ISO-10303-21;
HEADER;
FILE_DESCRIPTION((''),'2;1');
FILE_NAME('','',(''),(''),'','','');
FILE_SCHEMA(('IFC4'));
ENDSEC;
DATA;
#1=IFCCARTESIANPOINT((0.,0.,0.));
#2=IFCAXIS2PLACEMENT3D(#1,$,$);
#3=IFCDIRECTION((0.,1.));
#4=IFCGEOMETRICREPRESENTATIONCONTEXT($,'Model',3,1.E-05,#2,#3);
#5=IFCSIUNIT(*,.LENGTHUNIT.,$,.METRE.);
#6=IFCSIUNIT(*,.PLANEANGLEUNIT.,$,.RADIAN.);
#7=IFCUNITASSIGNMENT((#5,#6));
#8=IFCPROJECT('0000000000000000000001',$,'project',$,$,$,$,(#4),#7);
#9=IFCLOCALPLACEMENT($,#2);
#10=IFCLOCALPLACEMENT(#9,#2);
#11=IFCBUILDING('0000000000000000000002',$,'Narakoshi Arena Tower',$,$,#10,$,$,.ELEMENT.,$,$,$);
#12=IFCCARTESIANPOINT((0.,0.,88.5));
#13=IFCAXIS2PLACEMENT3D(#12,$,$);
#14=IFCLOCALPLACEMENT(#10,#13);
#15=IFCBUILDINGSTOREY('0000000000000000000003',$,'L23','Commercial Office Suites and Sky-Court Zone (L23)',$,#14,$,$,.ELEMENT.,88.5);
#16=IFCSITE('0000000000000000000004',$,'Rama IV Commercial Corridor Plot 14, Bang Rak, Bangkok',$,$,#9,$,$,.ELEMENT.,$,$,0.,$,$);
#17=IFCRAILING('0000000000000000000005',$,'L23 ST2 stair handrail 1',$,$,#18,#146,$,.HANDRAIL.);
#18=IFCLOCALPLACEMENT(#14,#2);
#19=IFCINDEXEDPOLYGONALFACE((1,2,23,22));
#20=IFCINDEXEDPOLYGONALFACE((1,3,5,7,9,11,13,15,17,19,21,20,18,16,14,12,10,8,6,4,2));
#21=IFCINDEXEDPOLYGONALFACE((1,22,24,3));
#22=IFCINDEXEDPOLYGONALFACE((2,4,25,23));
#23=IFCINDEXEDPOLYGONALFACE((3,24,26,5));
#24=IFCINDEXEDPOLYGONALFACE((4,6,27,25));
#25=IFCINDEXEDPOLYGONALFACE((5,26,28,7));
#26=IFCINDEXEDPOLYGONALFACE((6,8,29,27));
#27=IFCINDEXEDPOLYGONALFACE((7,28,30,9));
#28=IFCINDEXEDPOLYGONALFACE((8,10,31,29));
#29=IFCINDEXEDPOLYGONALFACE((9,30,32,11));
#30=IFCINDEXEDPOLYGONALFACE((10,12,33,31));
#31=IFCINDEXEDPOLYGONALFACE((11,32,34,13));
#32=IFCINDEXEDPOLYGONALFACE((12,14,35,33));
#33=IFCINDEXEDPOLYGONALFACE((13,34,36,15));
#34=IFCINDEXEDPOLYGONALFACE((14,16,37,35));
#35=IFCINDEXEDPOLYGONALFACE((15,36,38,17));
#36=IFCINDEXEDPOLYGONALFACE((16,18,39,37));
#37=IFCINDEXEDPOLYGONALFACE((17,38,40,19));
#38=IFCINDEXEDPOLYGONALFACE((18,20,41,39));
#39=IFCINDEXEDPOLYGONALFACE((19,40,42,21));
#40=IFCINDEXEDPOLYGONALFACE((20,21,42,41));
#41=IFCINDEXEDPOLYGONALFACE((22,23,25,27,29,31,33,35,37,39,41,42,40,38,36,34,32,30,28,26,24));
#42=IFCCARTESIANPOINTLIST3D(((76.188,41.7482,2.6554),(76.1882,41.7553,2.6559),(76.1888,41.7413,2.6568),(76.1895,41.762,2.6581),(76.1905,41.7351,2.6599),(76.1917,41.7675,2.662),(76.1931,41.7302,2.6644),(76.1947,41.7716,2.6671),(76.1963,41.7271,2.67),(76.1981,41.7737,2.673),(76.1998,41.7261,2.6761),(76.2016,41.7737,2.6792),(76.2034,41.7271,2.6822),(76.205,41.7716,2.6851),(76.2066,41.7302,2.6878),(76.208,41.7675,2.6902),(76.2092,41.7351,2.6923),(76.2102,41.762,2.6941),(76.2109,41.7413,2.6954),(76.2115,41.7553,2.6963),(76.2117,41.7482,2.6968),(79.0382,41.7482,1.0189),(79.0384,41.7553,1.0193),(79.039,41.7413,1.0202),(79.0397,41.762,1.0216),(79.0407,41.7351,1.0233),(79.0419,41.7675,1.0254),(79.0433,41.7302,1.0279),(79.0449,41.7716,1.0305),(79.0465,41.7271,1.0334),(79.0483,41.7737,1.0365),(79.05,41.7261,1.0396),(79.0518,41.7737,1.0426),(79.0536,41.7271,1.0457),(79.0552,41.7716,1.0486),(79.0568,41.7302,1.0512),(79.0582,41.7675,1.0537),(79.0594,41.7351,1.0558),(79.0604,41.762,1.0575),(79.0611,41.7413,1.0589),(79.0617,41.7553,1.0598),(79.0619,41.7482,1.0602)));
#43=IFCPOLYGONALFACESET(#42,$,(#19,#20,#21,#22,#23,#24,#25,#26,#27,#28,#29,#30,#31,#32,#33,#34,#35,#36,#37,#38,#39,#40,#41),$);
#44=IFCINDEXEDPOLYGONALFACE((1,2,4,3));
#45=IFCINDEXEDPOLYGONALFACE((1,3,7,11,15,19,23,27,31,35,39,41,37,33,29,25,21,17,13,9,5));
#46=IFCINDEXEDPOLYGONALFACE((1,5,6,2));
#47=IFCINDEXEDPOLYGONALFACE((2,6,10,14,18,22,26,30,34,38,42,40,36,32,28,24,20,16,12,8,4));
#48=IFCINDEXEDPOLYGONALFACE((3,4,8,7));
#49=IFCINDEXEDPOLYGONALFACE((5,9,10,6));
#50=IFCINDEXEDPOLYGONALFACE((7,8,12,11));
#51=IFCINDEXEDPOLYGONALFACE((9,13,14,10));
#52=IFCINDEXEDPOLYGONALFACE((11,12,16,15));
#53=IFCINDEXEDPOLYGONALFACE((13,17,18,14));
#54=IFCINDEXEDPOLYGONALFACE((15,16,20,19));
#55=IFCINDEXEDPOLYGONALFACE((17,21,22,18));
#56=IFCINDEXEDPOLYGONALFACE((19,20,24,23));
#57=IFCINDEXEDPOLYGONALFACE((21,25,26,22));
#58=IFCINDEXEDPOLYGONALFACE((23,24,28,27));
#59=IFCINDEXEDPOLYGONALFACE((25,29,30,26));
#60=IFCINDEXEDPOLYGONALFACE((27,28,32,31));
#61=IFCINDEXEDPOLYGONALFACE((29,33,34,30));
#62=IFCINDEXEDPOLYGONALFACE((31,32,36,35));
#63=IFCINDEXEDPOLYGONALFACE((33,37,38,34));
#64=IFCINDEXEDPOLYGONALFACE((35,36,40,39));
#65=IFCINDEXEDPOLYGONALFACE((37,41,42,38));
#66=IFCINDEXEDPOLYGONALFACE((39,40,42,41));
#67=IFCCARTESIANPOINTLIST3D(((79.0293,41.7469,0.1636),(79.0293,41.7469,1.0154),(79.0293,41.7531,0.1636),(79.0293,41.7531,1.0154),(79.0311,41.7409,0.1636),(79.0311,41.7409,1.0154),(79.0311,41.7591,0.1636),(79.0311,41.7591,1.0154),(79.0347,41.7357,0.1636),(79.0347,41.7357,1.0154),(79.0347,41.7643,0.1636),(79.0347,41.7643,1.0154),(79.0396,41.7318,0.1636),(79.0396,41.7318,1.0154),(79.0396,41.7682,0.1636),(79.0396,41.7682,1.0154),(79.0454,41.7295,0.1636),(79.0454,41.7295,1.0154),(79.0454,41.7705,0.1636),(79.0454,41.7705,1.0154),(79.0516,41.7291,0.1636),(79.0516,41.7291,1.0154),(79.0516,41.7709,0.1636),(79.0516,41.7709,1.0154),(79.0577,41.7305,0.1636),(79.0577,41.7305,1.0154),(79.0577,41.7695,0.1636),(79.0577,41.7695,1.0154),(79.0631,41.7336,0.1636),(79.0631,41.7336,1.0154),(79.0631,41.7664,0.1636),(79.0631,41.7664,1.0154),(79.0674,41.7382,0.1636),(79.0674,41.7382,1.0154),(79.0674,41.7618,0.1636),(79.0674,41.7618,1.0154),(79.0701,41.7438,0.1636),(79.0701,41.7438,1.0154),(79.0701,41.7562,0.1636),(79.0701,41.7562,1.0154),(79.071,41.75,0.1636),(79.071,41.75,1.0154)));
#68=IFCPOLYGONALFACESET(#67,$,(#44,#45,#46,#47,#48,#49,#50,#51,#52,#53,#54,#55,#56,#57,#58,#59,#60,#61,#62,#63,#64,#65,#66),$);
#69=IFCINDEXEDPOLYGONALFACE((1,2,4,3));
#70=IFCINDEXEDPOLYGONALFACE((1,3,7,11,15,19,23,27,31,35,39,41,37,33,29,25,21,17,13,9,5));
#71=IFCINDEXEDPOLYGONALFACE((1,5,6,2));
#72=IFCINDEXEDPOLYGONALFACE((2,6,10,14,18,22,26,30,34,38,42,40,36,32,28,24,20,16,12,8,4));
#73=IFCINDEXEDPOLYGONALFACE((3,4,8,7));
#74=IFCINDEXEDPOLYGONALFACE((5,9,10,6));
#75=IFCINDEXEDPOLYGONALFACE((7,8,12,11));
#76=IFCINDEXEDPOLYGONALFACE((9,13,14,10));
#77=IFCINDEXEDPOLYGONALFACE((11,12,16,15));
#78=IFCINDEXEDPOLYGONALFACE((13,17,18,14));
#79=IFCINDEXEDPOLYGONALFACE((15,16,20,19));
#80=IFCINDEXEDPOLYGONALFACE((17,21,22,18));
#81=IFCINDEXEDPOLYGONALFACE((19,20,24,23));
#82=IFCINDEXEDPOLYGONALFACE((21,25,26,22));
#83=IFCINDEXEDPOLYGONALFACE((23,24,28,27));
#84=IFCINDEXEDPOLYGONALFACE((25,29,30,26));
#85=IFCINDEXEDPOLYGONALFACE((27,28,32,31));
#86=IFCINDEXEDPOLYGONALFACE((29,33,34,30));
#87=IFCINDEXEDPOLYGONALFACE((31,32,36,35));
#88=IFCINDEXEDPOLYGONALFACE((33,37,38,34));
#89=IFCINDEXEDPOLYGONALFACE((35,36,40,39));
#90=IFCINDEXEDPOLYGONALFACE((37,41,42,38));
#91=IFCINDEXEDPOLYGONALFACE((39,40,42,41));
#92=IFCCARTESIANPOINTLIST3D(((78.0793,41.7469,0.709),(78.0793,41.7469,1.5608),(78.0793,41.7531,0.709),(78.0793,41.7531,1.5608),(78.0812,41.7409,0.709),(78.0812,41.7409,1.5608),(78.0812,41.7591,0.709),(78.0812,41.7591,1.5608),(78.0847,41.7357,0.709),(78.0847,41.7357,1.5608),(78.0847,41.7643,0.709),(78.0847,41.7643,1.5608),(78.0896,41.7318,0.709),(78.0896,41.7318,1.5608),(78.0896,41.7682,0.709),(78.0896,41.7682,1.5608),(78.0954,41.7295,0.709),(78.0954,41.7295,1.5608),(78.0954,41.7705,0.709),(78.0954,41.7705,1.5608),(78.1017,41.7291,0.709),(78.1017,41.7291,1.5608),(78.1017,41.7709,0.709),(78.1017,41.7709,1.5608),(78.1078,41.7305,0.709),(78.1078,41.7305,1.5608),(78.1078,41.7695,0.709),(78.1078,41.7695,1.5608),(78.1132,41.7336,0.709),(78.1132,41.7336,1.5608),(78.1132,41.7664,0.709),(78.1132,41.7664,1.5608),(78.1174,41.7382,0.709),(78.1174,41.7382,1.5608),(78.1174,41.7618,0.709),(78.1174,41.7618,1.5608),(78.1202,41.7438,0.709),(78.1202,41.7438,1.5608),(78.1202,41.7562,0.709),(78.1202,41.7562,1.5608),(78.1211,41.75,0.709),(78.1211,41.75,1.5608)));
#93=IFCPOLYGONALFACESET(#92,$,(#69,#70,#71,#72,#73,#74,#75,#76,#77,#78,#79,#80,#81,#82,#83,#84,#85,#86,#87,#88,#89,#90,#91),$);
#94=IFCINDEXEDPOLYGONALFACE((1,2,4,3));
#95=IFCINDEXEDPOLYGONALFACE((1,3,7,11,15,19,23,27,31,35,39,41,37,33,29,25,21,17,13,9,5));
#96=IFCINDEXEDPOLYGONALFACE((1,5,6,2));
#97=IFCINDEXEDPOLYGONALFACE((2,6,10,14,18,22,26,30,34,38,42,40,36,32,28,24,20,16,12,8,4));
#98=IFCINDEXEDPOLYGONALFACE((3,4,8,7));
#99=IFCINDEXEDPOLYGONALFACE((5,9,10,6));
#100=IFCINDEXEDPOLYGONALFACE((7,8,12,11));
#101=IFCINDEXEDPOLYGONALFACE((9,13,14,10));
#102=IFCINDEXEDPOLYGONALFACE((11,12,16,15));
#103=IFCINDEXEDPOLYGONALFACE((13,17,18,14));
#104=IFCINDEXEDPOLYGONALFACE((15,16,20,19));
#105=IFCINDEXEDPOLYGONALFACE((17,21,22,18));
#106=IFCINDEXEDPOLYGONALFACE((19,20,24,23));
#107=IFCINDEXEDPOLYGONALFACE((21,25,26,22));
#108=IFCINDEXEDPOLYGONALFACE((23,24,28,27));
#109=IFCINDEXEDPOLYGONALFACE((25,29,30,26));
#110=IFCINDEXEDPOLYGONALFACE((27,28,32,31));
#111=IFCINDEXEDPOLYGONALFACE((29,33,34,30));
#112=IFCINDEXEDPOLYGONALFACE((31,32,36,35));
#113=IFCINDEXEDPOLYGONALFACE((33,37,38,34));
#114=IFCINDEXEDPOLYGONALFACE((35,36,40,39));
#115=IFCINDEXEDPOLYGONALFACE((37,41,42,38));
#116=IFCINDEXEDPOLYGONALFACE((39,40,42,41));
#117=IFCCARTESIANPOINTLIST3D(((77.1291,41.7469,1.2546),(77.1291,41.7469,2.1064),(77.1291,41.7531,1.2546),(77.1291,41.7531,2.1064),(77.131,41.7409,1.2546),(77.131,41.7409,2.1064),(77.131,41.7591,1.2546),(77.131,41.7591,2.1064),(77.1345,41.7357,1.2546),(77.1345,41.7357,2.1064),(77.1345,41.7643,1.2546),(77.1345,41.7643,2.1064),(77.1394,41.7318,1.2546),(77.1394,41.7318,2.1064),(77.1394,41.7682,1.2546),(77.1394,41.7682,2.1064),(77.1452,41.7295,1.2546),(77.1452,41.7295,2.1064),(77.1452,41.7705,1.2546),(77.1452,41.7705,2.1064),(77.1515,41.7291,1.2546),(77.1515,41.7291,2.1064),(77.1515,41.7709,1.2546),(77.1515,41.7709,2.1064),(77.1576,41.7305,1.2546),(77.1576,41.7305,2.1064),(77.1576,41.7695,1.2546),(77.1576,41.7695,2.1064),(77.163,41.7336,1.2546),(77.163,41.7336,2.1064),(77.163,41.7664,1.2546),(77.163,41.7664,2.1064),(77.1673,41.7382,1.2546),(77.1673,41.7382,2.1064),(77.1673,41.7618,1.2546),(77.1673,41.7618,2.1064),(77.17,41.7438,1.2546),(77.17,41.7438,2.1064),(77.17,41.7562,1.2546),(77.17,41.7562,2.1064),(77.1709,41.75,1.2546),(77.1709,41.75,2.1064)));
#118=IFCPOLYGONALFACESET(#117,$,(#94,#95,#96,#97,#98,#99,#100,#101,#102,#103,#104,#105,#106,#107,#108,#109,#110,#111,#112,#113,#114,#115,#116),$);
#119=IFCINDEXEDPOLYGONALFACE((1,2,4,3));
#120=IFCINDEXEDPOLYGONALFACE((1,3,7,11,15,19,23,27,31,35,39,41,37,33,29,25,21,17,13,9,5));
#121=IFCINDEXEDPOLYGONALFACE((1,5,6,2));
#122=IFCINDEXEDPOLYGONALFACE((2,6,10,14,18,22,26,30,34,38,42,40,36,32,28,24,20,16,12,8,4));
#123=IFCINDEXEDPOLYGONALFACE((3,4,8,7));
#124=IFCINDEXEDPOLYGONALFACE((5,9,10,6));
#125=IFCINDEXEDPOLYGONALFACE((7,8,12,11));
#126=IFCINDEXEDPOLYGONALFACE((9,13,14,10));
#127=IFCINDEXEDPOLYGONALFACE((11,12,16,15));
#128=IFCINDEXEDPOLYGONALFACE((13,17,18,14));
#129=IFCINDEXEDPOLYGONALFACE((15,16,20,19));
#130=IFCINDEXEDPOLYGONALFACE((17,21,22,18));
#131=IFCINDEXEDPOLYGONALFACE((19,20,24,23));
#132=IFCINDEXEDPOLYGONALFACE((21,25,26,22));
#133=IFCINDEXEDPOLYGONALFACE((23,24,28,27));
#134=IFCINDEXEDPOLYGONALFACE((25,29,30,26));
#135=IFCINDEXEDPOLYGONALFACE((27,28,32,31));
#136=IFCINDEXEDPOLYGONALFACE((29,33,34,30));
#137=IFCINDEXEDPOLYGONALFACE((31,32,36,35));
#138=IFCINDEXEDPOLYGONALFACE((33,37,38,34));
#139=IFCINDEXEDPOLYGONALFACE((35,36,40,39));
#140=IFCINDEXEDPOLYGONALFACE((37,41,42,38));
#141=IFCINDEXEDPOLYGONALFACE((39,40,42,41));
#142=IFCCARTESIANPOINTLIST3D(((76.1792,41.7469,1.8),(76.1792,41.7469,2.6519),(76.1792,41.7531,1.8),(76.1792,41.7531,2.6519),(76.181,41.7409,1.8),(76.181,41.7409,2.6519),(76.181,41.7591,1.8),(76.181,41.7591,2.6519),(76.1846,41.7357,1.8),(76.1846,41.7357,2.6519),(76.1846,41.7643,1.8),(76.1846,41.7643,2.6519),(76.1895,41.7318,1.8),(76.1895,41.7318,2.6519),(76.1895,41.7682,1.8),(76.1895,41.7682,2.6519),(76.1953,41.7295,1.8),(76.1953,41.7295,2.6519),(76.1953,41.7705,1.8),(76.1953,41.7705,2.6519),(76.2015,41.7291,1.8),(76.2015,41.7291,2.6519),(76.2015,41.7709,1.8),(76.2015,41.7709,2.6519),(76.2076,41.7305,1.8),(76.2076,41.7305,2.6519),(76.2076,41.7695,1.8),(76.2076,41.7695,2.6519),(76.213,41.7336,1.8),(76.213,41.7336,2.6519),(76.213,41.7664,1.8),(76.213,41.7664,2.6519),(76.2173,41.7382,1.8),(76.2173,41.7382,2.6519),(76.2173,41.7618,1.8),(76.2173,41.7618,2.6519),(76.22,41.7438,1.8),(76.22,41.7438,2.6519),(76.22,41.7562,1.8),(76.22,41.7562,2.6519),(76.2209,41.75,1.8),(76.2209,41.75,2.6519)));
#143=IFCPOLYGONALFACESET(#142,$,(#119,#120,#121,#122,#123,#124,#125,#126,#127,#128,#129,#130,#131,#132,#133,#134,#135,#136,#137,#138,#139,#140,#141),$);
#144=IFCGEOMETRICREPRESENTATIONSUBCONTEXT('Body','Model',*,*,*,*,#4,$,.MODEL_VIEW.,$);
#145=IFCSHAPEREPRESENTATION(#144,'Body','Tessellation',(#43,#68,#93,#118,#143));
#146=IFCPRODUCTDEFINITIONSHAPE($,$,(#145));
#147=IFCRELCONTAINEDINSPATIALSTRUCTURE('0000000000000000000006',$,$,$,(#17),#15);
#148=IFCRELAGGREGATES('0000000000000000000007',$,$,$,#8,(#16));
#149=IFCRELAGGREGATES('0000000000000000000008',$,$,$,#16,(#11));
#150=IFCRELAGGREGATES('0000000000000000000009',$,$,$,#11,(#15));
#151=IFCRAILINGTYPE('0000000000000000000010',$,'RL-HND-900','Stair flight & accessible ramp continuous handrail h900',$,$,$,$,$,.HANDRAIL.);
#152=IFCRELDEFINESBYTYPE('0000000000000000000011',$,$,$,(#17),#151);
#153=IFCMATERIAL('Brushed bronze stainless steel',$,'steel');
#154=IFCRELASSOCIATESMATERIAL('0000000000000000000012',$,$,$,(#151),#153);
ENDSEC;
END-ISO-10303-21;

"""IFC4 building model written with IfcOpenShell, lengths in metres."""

from ifc_helpers import new_model, si_unit, direction, frame, origin, origin_2d, place, context, subcontext, project, spatial, circle, extrude, material, type_object, element, save


model = new_model("IFC4")

# Units and contexts
model_context = context("Model", 3, precision=1e-05, world=origin(), true_north=direction((0.0, 1.0)))
body_context = subcontext(model_context, "Body", "Model", "MODEL_VIEW")
ifc_project = project(units=[si_unit("LENGTHUNIT", "METRE"), si_unit("PLANEANGLEUNIT", "RADIAN")], contexts=[model_context])

# Site, building, storey
site_placement = place(None, origin())
site = spatial("IfcSite", under=ifc_project, at=site_placement, Name="Rama IV Commercial Corridor Plot 14, Bang Rak, Bangkok", CompositionType="ELEMENT", RefElevation=0.0)
building_placement = place(site_placement, origin())
building = spatial("IfcBuilding", under=site, at=building_placement, Name="Narakoshi Arena Tower", CompositionType="ELEMENT")
storey_placement = place(building_placement, frame((0.0, 0.0, 88.5)))
storey = spatial("IfcBuildingStorey", under=building, at=storey_placement, Name="L23", Description="Commercial Office Suites and Sky-Court Zone (L23)", CompositionType="ELEMENT", Elevation=88.5)

# Railing
ifc_material_1 = material(Name="Brushed bronze stainless steel", Category="steel")
railing_type_1 = type_object("IfcRailingType", Name="RL-HND-900", Description="Stair flight & accessible ramp continuous handrail h900", PredefinedType="HANDRAIL", material=ifc_material_1)
for number, where, name in (
    (1, (79.05, 41.75, 0.1636), "L23 ST2 stair handrail 1"),
):
    element("IfcRailing", number, at=place(storey_placement, frame(where)), inside=storey, type_object=railing_type_1, Name=name, PredefinedType="HANDRAIL", context=body_context, shape_type="SweptSolid", body=[
        extrude(circle(Radius=0.0239, at=origin_2d()), frame((0.0, 0.0, 0.876), z_axis=(-0.867213, 0.0, 0.497938), x_axis=(0.0, -1.0, 0.0)), (0.0, 0.0, 1.0), 3.2866),
        extrude(circle(Radius=0.021, at=origin_2d()), origin(), (0.0, 0.0, 1.0), 0.8518),
        extrude(circle(Radius=0.021, at=origin_2d()), frame((-0.95, 0.0, 0.5454)), (0.0, 0.0, 1.0), 0.8518),
        extrude(circle(Radius=0.021, at=origin_2d()), frame((-1.9001, 0.0, 1.0911)), (0.0, 0.0, 1.0), 0.8518),
        extrude(circle(Radius=0.021, at=origin_2d()), frame((-2.8501, 0.0, 1.6365)), (0.0, 0.0, 1.0), 0.8518),
    ])

save(model, "model.ifc")
